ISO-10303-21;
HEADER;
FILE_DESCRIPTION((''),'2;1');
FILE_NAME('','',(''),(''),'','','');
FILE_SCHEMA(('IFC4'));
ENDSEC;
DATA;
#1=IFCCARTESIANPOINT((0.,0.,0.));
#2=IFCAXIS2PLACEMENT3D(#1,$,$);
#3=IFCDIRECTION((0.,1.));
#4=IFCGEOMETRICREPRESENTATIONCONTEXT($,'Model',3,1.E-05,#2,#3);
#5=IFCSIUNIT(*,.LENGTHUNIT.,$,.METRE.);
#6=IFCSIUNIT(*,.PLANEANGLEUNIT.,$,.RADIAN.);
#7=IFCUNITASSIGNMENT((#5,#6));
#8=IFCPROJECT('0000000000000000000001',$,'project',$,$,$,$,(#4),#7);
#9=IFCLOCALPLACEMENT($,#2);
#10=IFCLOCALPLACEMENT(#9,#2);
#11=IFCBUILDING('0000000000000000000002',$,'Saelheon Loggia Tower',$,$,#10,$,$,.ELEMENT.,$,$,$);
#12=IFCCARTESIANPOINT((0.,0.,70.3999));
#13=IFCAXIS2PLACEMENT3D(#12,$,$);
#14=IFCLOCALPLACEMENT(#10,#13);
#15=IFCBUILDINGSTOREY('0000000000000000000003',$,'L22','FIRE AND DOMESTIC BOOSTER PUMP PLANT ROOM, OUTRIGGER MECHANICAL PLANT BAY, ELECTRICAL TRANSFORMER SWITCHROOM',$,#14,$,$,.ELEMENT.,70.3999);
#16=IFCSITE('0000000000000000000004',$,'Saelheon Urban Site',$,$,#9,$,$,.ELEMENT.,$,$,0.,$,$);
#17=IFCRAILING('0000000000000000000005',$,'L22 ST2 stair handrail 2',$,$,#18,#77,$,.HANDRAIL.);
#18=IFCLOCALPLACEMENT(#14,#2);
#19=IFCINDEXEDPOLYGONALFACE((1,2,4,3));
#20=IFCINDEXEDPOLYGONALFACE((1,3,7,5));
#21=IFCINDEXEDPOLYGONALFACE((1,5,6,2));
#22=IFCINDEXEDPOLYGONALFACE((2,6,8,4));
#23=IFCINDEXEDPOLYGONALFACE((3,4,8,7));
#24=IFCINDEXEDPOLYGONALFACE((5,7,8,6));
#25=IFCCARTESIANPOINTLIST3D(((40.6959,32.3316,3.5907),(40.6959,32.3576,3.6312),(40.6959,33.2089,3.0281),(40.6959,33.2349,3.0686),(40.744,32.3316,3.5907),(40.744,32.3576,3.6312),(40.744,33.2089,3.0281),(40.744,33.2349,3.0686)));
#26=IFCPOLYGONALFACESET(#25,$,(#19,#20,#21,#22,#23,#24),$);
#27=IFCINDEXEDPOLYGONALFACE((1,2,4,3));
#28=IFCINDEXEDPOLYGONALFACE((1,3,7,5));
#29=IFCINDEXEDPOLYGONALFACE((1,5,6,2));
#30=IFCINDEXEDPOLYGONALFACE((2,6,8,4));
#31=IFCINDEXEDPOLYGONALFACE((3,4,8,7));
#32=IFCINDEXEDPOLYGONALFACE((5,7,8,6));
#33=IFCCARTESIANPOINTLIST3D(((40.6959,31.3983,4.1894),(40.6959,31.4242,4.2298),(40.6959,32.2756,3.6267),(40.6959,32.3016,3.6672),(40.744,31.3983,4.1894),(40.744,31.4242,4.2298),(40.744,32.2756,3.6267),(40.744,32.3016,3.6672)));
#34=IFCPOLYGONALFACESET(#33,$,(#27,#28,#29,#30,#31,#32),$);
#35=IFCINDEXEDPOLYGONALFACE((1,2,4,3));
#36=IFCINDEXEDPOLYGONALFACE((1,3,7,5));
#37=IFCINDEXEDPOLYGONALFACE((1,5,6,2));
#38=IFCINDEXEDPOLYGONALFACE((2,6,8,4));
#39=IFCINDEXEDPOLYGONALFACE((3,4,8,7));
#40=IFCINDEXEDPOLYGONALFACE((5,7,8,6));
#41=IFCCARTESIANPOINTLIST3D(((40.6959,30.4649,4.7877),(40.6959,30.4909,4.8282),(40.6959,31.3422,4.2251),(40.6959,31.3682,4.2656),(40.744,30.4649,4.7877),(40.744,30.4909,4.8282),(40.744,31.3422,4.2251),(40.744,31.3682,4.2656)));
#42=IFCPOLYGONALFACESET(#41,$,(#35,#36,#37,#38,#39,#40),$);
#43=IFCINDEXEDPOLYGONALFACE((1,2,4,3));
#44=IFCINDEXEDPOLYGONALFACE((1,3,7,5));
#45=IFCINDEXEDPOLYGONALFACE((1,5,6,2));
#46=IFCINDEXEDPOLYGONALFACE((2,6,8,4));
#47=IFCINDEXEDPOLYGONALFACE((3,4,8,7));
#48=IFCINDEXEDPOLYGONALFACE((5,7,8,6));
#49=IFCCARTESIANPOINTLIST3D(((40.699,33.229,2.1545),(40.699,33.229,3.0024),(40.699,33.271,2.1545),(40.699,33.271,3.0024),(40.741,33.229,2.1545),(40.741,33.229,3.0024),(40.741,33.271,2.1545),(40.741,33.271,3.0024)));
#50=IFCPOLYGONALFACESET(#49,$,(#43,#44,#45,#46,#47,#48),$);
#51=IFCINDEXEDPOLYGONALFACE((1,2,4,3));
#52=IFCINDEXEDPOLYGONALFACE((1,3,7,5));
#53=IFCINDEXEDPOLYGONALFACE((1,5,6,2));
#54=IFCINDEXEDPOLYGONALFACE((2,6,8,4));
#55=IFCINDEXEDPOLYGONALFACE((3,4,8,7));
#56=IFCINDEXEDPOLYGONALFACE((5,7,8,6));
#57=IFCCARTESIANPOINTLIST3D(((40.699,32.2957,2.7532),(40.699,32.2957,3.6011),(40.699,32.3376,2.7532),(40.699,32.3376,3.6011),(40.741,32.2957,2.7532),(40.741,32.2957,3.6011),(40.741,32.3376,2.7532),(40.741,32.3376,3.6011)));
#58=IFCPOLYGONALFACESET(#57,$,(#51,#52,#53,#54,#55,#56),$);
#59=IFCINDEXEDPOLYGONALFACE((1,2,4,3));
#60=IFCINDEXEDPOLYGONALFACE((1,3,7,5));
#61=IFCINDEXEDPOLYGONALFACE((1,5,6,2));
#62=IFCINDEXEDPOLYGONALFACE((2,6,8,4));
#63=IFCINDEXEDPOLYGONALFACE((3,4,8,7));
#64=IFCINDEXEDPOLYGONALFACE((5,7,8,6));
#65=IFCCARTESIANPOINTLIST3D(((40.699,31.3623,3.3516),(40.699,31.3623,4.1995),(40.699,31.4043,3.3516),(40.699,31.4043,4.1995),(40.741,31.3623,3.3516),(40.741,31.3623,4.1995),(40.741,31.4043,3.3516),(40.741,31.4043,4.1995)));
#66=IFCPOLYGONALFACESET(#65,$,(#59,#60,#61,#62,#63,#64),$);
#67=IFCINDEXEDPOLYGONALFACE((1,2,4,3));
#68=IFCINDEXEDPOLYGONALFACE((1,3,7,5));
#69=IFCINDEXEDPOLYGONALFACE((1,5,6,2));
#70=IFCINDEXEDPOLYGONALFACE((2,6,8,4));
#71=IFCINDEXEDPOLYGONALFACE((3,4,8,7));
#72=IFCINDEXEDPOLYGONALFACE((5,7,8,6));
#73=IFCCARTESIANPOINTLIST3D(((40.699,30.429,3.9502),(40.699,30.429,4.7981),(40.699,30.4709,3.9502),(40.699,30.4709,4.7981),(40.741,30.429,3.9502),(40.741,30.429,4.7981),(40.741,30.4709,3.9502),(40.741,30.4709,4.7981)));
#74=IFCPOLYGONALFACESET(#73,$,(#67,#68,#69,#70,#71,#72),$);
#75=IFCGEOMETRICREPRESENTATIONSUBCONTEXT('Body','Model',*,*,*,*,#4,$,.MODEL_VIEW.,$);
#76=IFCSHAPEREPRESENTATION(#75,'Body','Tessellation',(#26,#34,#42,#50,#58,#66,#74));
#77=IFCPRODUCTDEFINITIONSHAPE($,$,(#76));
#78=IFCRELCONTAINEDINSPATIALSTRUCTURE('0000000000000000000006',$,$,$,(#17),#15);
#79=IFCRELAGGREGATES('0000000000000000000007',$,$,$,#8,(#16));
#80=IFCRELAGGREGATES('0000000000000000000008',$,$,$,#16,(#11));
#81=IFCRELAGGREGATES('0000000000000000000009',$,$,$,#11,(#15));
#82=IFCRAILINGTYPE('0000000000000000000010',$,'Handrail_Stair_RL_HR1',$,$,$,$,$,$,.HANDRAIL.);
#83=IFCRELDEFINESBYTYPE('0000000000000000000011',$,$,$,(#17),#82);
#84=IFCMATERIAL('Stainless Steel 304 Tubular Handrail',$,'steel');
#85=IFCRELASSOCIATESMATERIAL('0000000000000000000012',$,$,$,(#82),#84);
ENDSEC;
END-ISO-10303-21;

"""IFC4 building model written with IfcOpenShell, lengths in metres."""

from ifc_helpers import new_model, si_unit, direction, frame, origin, origin_2d, place, context, subcontext, project, spatial, rectangle, extrude, material, type_object, element, save


model = new_model("IFC4")

# Units and contexts
model_context = context("Model", 3, precision=1e-05, world=origin(), true_north=direction((0.0, 1.0)))
body_context = subcontext(model_context, "Body", "Model", "MODEL_VIEW")
ifc_project = project(units=[si_unit("LENGTHUNIT", "METRE"), si_unit("PLANEANGLEUNIT", "RADIAN")], contexts=[model_context])

# Site, building, storey
site_placement = place(None, origin())
site = spatial("IfcSite", under=ifc_project, at=site_placement, Name="Saelheon Urban Site", CompositionType="ELEMENT", RefElevation=0.0)
building_placement = place(site_placement, origin())
building = spatial("IfcBuilding", under=site, at=building_placement, Name="Saelheon Loggia Tower", CompositionType="ELEMENT")
storey_placement = place(building_placement, frame((0.0, 0.0, 70.3999)))
storey = spatial("IfcBuildingStorey", under=building, at=storey_placement, Name="L22", Description="FIRE AND DOMESTIC BOOSTER PUMP PLANT ROOM, OUTRIGGER MECHANICAL PLANT BAY, ELECTRICAL TRANSFORMER SWITCHROOM", CompositionType="ELEMENT", Elevation=70.3999)

# Railing
ifc_material_1 = material(Name="Stainless Steel 304 Tubular Handrail", Category="steel")
railing_type_1 = type_object("IfcRailingType", Name="Handrail_Stair_RL_HR1", PredefinedType="HANDRAIL", material=ifc_material_1)
railing_1_placement = place(storey_placement, frame((40.72, 33.25, 2.1545)))
element("IfcRailing", 1, at=railing_1_placement, inside=storey, type_object=railing_type_1, Name="L22 ST2 stair handrail 2", PredefinedType="HANDRAIL", context=body_context, shape_type="SweptSolid", body=[
    extrude(rectangle(XDim=0.0481, YDim=0.0481, at=origin_2d()), frame((0.0, -0.0281, 0.8938), z_axis=(0.0, -0.841777, 0.539826), x_axis=(1.0, 0.0, 0.0)), (0.0, 0.0, 1.0), 1.0422),
    extrude(rectangle(XDim=0.0481, YDim=0.0481, at=origin_2d()), frame((0.0, -0.9614, 1.4924), z_axis=(0.0, -0.841777, 0.539826), x_axis=(1.0, 0.0, 0.0)), (0.0, 0.0, 1.0), 1.0422),
    extrude(rectangle(XDim=0.0481, YDim=0.0481, at=origin_2d()), frame((0.0, -1.8948, 2.0908), z_axis=(0.0, -0.841777, 0.539826), x_axis=(1.0, 0.0, 0.0)), (0.0, 0.0, 1.0), 1.0422),
    extrude(rectangle(XDim=0.042, YDim=0.042, at=origin_2d()), origin(), (0.0, 0.0, 1.0), 0.8479),
    extrude(rectangle(XDim=0.042, YDim=0.042, at=origin_2d()), frame((0.0, -0.9333, 0.5986)), (0.0, 0.0, 1.0), 0.8479),
    extrude(rectangle(XDim=0.042, YDim=0.042, at=origin_2d()), frame((0.0, -1.8667, 1.197)), (0.0, 0.0, 1.0), 0.8479),
    extrude(rectangle(XDim=0.042, YDim=0.042, at=origin_2d()), frame((0.0, -2.8, 1.7957)), (0.0, 0.0, 1.0), 0.8479),
])

save(model, "model.ifc")
